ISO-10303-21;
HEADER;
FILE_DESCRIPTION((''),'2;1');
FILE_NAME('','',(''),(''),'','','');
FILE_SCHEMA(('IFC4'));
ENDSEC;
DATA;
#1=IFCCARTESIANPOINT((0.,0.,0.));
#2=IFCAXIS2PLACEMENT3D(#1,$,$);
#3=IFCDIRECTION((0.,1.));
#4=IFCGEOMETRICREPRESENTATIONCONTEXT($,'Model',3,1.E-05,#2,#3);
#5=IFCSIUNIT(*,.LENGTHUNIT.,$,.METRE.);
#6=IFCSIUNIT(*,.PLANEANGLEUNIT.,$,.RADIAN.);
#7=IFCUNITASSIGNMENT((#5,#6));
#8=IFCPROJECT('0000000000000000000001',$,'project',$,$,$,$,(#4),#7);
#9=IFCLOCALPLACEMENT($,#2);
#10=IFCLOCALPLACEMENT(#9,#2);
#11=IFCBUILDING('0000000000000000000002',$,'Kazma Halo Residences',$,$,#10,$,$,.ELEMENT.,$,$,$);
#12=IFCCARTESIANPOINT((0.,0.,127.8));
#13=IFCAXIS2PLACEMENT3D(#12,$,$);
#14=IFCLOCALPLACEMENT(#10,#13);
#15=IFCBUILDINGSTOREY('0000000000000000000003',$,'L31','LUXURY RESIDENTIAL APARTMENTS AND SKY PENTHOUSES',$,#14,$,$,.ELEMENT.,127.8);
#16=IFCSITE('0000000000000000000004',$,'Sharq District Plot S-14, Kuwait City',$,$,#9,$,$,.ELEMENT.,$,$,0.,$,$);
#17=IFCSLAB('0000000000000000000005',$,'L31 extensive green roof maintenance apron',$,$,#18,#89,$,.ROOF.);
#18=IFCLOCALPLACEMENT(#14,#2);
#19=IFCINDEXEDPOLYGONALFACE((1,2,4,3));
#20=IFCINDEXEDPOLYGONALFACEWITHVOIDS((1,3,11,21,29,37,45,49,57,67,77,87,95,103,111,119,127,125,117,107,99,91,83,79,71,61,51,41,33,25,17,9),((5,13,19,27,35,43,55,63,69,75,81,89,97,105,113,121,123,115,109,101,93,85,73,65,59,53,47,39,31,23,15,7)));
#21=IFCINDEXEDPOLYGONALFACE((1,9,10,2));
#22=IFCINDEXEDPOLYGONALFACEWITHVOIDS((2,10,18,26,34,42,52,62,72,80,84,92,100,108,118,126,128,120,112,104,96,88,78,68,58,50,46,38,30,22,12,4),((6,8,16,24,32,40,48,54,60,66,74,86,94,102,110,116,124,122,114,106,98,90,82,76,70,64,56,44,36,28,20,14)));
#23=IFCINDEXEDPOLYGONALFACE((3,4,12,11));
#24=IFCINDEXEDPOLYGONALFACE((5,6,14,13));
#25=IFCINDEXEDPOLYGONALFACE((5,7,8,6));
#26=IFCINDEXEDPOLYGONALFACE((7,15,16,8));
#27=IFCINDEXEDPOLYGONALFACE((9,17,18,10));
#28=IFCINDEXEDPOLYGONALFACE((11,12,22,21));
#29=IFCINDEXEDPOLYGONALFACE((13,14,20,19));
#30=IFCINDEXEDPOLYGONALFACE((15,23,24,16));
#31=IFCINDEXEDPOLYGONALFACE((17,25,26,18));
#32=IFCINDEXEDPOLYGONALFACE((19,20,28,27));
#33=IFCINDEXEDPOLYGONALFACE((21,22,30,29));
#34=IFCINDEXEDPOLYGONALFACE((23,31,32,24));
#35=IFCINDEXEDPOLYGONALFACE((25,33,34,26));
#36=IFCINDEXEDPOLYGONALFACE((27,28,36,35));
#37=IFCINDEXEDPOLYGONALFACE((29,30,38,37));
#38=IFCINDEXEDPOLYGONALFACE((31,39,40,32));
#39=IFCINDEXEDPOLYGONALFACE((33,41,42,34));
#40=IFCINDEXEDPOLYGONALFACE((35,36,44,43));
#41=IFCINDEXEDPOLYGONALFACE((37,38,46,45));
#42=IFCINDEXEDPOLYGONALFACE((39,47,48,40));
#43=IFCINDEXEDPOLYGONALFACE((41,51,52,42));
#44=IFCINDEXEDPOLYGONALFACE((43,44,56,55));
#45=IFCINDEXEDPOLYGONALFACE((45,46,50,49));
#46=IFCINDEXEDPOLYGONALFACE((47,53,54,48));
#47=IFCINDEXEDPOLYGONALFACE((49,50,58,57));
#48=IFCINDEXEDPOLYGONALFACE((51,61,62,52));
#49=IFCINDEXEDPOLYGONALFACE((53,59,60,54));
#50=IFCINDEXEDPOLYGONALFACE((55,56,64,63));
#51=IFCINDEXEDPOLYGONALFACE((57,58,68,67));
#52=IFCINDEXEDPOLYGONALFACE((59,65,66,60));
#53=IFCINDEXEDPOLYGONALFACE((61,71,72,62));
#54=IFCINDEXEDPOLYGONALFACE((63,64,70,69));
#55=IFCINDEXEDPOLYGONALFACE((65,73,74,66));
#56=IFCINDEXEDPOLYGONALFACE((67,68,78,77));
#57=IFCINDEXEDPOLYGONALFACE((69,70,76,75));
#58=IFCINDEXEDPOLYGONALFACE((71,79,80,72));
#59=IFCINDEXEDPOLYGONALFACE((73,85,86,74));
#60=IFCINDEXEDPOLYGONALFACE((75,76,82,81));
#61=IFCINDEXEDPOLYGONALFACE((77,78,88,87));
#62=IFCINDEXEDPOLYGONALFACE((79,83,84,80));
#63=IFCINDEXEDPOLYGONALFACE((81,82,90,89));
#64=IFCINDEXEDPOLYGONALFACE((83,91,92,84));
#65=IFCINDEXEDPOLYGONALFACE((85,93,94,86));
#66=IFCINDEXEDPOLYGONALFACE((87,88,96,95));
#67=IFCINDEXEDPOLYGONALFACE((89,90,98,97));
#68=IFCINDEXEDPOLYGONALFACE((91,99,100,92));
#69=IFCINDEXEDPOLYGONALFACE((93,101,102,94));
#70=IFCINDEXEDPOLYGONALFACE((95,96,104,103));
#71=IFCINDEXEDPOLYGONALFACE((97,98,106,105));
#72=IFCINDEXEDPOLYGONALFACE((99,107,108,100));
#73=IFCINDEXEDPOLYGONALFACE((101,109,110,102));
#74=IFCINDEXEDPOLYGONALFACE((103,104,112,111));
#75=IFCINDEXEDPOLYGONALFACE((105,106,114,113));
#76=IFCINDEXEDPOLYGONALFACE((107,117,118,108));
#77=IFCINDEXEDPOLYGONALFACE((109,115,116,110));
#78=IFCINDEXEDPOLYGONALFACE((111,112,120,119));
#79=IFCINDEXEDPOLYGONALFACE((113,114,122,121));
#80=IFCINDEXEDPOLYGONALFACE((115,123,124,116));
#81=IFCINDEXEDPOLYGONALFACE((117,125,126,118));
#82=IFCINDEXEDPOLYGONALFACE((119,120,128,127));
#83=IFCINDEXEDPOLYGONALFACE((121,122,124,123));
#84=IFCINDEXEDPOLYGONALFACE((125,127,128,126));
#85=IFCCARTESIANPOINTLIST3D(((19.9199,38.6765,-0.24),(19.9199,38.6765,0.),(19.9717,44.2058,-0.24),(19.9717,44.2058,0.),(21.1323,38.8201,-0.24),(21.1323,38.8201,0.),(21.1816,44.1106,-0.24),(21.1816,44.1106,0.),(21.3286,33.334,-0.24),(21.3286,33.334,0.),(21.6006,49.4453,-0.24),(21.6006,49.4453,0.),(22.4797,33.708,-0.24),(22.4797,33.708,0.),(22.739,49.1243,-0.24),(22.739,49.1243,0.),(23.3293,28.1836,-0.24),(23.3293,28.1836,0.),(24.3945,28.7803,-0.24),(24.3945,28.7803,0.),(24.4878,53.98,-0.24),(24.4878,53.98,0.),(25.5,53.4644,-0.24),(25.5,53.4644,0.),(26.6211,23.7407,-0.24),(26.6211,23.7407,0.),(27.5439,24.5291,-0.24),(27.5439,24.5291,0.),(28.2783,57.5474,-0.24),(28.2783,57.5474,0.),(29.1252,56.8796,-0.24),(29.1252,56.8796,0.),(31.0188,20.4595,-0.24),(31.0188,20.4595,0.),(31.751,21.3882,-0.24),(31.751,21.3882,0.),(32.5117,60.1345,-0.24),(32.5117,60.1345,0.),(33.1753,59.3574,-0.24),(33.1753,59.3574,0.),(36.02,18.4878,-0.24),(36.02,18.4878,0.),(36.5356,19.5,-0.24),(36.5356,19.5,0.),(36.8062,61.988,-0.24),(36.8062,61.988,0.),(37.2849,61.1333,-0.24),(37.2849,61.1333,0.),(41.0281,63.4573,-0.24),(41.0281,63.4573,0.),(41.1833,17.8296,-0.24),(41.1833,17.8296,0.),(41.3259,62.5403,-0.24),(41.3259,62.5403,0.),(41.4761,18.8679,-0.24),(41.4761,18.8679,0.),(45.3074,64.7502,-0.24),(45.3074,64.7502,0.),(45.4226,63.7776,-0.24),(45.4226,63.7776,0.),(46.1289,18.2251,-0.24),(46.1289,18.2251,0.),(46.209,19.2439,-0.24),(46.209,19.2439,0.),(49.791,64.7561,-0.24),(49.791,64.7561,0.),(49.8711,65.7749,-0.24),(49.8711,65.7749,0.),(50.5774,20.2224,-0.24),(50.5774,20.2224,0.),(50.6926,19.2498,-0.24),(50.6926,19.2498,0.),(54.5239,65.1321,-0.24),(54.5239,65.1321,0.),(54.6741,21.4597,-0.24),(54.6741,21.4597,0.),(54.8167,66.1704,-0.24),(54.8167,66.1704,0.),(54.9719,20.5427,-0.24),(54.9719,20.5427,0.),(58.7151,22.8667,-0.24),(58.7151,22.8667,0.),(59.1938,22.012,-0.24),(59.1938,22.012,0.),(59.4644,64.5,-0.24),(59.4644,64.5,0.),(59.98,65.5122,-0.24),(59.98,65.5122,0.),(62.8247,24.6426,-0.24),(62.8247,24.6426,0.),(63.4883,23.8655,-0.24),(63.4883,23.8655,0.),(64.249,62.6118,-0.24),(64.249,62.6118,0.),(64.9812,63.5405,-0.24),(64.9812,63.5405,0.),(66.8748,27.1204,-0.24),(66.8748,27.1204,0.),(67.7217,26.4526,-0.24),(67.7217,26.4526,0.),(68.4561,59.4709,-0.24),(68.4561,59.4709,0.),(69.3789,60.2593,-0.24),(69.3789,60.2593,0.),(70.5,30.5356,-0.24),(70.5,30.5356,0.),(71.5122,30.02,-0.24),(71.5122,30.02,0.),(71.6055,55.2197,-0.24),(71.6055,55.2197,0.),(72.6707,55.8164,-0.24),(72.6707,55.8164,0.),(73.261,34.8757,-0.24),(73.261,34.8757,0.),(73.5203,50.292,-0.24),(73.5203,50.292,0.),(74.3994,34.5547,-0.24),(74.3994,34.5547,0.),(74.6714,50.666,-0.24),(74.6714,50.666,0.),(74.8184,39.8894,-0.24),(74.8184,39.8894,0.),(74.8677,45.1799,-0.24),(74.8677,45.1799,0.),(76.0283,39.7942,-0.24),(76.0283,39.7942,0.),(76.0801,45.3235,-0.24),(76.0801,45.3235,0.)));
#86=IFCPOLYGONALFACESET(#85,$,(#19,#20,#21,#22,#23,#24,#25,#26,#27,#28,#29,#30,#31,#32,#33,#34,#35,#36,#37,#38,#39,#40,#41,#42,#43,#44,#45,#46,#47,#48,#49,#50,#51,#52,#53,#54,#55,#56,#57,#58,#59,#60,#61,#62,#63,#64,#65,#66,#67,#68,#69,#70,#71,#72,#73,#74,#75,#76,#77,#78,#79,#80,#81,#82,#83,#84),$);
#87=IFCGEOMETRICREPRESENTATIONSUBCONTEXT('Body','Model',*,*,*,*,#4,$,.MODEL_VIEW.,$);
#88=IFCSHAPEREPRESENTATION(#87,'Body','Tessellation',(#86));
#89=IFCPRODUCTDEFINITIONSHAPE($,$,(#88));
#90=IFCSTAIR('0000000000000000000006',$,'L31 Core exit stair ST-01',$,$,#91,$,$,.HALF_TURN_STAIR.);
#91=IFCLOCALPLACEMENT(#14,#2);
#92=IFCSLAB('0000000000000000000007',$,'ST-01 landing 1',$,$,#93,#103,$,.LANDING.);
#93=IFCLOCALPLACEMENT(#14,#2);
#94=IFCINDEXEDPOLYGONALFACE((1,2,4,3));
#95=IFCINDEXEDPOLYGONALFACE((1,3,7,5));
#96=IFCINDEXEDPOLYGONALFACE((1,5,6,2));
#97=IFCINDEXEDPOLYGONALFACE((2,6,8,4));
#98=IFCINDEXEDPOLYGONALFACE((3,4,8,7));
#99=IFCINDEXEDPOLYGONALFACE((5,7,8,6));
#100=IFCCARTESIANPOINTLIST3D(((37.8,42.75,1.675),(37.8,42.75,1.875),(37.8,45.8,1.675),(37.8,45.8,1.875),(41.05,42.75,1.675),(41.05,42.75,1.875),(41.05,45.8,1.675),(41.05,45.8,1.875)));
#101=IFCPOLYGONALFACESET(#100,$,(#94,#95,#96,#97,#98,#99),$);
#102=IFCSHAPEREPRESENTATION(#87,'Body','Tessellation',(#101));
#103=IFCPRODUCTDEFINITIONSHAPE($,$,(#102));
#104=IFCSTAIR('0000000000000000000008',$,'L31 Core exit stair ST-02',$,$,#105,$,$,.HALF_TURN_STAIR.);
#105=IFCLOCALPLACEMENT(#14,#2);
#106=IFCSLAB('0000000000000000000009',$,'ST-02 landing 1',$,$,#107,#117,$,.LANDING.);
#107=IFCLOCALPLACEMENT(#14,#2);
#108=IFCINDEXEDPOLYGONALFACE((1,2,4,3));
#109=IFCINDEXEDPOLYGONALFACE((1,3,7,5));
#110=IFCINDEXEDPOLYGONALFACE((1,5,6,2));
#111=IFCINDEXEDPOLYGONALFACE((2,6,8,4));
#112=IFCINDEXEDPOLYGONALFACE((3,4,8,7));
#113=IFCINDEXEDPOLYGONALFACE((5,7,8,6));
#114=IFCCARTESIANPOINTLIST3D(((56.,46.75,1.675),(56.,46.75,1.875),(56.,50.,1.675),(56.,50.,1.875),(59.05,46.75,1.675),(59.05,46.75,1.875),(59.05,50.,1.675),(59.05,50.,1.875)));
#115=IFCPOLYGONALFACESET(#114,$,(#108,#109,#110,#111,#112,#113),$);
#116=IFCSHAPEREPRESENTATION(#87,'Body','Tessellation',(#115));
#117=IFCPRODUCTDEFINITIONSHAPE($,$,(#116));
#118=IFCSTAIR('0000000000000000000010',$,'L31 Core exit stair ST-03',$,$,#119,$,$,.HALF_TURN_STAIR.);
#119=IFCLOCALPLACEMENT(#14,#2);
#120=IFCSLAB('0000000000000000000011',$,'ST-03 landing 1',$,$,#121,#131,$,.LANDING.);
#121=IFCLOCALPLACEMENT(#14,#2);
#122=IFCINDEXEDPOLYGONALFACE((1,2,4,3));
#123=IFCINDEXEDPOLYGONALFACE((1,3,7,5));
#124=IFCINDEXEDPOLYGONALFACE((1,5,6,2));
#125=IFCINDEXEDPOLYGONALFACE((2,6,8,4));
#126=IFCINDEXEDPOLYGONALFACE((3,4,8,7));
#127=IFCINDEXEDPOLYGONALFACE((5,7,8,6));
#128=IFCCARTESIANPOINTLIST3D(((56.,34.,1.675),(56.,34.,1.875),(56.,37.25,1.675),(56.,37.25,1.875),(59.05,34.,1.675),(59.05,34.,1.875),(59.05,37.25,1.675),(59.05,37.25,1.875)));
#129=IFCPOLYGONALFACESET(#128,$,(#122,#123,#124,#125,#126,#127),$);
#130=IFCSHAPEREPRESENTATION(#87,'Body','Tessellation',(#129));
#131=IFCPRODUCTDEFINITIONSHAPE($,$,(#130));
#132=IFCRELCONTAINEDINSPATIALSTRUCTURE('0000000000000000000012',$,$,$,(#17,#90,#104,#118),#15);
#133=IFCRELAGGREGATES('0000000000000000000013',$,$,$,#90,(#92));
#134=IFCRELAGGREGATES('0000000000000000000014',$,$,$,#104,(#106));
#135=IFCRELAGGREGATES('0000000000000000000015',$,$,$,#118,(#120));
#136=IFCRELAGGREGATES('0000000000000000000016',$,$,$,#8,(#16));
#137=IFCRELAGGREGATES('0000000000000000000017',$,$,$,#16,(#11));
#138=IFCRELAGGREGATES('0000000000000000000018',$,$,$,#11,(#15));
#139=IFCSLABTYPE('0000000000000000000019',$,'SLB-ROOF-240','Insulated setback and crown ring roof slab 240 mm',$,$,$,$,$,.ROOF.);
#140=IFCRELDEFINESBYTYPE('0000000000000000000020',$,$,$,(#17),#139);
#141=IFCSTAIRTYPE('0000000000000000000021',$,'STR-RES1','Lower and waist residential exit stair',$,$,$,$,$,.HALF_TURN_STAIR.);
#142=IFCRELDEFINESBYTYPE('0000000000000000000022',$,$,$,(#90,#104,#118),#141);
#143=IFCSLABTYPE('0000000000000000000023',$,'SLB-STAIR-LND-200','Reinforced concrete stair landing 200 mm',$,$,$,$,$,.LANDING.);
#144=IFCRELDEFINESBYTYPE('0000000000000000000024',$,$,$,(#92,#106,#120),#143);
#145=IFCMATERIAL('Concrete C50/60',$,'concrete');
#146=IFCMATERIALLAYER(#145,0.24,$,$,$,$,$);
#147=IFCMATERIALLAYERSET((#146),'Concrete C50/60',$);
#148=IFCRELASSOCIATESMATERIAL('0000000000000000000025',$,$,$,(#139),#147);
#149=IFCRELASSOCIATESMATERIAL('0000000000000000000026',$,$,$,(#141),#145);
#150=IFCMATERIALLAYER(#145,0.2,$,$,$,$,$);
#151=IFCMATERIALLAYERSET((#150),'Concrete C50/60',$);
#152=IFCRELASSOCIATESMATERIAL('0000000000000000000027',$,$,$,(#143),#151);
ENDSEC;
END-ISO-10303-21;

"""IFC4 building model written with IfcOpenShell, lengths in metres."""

from ifc_helpers import new_model, si_unit, direction, frame, origin, place, context, subcontext, project, spatial, polyline, outline, extrude, material, layer, layer_set, type_object, element, aggregate, save


model = new_model("IFC4")

# Units and contexts
model_context = context("Model", 3, precision=1e-05, world=origin(), true_north=direction((0.0, 1.0)))
body_context = subcontext(model_context, "Body", "Model", "MODEL_VIEW")
ifc_project = project(units=[si_unit("LENGTHUNIT", "METRE"), si_unit("PLANEANGLEUNIT", "RADIAN")], contexts=[model_context])

# Site, building, storey
site_placement = place(None, origin())
site = spatial("IfcSite", under=ifc_project, at=site_placement, Name="Sharq District Plot S-14, Kuwait City", CompositionType="ELEMENT", RefElevation=0.0)
building_placement = place(site_placement, origin())
building = spatial("IfcBuilding", under=site, at=building_placement, Name="Kazma Halo Residences", CompositionType="ELEMENT")
storey_placement = place(building_placement, frame((0.0, 0.0, 127.8)))
storey = spatial("IfcBuildingStorey", under=building, at=storey_placement, Name="L31", Description="LUXURY RESIDENTIAL APARTMENTS AND SKY PENTHOUSES", CompositionType="ELEMENT", Elevation=127.8)

# Slab
ifc_material_1 = material(Name="Concrete C50/60", Category="concrete")
ifc_layer_1 = layer(ifc_material_1, 0.24)
ifc_layer_set_1 = layer_set([ifc_layer_1], Name="Concrete C50/60")
slab_type_1 = type_object("IfcSlabType", Name="SLB-ROOF-240", Description="Insulated setback and crown ring roof slab 240 mm", PredefinedType="ROOF", material=ifc_layer_set_1)
slab_1_placement = place(storey_placement, frame((0.0, 0.0, -0.24)))
element("IfcSlab", 1, at=slab_1_placement, inside=storey, type_object=slab_type_1, Name="L31 extensive green roof maintenance apron", PredefinedType="ROOF", context=body_context, shape_type="SweptSolid", body=[
    extrude(outline(polyline([(74.6714, 50.666), (72.6707, 55.8164), (69.3789, 60.2593), (64.9812, 63.5405), (59.98, 65.5122), (54.8167, 66.1704), (49.8711, 65.7749), (45.3074, 64.7502), (41.0281, 63.4573), (36.8062, 61.988), (32.5117, 60.1345), (28.2783, 57.5474), (24.4878, 53.98), (21.6006, 49.4453), (19.9717, 44.2058), (19.9199, 38.6765), (21.3286, 33.334), (23.3293, 28.1836), (26.6211, 23.7407), (31.0188, 20.4595), (36.02, 18.4878), (41.1833, 17.8296), (46.1289, 18.2251), (50.6926, 19.2498), (54.9719, 20.5427), (59.1938, 22.012), (63.4883, 23.8655), (67.7217, 26.4526), (71.5122, 30.02), (74.3994, 34.5547), (76.0283, 39.7942), (76.0801, 45.3235), (74.6714, 50.666)]), holes=[polyline([(73.5203, 50.292), (71.6055, 55.2197), (68.4561, 59.4709), (64.249, 62.6118), (59.4644, 64.5), (54.5239, 65.1321), (49.791, 64.7561), (45.4226, 63.7776), (41.3259, 62.5403), (37.2849, 61.1333), (33.1753, 59.3574), (29.1252, 56.8796), (25.5, 53.4644), (22.739, 49.1243), (21.1816, 44.1106), (21.1323, 38.8201), (22.4797, 33.708), (24.3945, 28.7803), (27.5439, 24.5291), (31.751, 21.3882), (36.5356, 19.5), (41.4761, 18.8679), (46.209, 19.2439), (50.5774, 20.2224), (54.6741, 21.4597), (58.7151, 22.8667), (62.8247, 24.6426), (66.8748, 27.1204), (70.5, 30.5356), (73.261, 34.8757), (74.8184, 39.8894), (74.8677, 45.1799), (73.5203, 50.292)])]), origin(), (0.0, 0.0, 1.0), 0.24),
])

# Stairs, slabs
stair_type = type_object("IfcStairType", Name="STR-RES1", Description="Lower and waist residential exit stair", PredefinedType="HALF_TURN_STAIR", material=ifc_material_1)
stair_1_placement = place(storey_placement, origin())
stair_1 = element("IfcStair", 2, at=stair_1_placement, inside=storey, type_object=stair_type, Name="L31 Core exit stair ST-01", PredefinedType="HALF_TURN_STAIR")
ifc_layer_2 = layer(ifc_material_1, 0.2)
ifc_layer_set_2 = layer_set([ifc_layer_2], Name="Concrete C50/60")
slab_type_2 = type_object("IfcSlabType", Name="SLB-STAIR-LND-200", Description="Reinforced concrete stair landing 200 mm", PredefinedType="LANDING", material=ifc_layer_set_2)
slab_2_placement = place(storey_placement, frame((0.0, 0.0, 1.675)))
slab_2 = element("IfcSlab", 3, at=slab_2_placement, type_object=slab_type_2, Name="ST-01 landing 1", PredefinedType="LANDING", context=body_context, shape_type="SweptSolid", body=[
    extrude(outline(polyline([(41.05, 42.75), (41.05, 45.8), (37.8, 45.8), (37.8, 42.75), (41.05, 42.75)])), origin(), (0.0, 0.0, 1.0), 0.2),
])
aggregate(stair_1, [slab_2])
stair_2_placement = place(storey_placement, origin())
stair_2 = element("IfcStair", 4, at=stair_2_placement, inside=storey, type_object=stair_type, Name="L31 Core exit stair ST-02", PredefinedType="HALF_TURN_STAIR")
slab_3_placement = place(storey_placement, frame((0.0, 0.0, 1.675)))
slab_3 = element("IfcSlab", 5, at=slab_3_placement, type_object=slab_type_2, Name="ST-02 landing 1", PredefinedType="LANDING", context=body_context, shape_type="SweptSolid", body=[
    extrude(outline(polyline([(56.0, 46.75), (59.05, 46.75), (59.05, 50.0), (56.0, 50.0), (56.0, 46.75)])), origin(), (0.0, 0.0, 1.0), 0.2),
])
aggregate(stair_2, [slab_3])
stair_3_placement = place(storey_placement, origin())
stair_3 = element("IfcStair", 6, at=stair_3_placement, inside=storey, type_object=stair_type, Name="L31 Core exit stair ST-03", PredefinedType="HALF_TURN_STAIR")
slab_4_placement = place(storey_placement, frame((0.0, 0.0, 1.675)))
slab_4 = element("IfcSlab", 7, at=slab_4_placement, type_object=slab_type_2, Name="ST-03 landing 1", PredefinedType="LANDING", context=body_context, shape_type="SweptSolid", body=[
    extrude(outline(polyline([(56.0, 34.0), (59.05, 34.0), (59.05, 37.25), (56.0, 37.25), (56.0, 34.0)])), origin(), (0.0, 0.0, 1.0), 0.2),
])
aggregate(stair_3, [slab_4])

save(model, "model.ifc")
